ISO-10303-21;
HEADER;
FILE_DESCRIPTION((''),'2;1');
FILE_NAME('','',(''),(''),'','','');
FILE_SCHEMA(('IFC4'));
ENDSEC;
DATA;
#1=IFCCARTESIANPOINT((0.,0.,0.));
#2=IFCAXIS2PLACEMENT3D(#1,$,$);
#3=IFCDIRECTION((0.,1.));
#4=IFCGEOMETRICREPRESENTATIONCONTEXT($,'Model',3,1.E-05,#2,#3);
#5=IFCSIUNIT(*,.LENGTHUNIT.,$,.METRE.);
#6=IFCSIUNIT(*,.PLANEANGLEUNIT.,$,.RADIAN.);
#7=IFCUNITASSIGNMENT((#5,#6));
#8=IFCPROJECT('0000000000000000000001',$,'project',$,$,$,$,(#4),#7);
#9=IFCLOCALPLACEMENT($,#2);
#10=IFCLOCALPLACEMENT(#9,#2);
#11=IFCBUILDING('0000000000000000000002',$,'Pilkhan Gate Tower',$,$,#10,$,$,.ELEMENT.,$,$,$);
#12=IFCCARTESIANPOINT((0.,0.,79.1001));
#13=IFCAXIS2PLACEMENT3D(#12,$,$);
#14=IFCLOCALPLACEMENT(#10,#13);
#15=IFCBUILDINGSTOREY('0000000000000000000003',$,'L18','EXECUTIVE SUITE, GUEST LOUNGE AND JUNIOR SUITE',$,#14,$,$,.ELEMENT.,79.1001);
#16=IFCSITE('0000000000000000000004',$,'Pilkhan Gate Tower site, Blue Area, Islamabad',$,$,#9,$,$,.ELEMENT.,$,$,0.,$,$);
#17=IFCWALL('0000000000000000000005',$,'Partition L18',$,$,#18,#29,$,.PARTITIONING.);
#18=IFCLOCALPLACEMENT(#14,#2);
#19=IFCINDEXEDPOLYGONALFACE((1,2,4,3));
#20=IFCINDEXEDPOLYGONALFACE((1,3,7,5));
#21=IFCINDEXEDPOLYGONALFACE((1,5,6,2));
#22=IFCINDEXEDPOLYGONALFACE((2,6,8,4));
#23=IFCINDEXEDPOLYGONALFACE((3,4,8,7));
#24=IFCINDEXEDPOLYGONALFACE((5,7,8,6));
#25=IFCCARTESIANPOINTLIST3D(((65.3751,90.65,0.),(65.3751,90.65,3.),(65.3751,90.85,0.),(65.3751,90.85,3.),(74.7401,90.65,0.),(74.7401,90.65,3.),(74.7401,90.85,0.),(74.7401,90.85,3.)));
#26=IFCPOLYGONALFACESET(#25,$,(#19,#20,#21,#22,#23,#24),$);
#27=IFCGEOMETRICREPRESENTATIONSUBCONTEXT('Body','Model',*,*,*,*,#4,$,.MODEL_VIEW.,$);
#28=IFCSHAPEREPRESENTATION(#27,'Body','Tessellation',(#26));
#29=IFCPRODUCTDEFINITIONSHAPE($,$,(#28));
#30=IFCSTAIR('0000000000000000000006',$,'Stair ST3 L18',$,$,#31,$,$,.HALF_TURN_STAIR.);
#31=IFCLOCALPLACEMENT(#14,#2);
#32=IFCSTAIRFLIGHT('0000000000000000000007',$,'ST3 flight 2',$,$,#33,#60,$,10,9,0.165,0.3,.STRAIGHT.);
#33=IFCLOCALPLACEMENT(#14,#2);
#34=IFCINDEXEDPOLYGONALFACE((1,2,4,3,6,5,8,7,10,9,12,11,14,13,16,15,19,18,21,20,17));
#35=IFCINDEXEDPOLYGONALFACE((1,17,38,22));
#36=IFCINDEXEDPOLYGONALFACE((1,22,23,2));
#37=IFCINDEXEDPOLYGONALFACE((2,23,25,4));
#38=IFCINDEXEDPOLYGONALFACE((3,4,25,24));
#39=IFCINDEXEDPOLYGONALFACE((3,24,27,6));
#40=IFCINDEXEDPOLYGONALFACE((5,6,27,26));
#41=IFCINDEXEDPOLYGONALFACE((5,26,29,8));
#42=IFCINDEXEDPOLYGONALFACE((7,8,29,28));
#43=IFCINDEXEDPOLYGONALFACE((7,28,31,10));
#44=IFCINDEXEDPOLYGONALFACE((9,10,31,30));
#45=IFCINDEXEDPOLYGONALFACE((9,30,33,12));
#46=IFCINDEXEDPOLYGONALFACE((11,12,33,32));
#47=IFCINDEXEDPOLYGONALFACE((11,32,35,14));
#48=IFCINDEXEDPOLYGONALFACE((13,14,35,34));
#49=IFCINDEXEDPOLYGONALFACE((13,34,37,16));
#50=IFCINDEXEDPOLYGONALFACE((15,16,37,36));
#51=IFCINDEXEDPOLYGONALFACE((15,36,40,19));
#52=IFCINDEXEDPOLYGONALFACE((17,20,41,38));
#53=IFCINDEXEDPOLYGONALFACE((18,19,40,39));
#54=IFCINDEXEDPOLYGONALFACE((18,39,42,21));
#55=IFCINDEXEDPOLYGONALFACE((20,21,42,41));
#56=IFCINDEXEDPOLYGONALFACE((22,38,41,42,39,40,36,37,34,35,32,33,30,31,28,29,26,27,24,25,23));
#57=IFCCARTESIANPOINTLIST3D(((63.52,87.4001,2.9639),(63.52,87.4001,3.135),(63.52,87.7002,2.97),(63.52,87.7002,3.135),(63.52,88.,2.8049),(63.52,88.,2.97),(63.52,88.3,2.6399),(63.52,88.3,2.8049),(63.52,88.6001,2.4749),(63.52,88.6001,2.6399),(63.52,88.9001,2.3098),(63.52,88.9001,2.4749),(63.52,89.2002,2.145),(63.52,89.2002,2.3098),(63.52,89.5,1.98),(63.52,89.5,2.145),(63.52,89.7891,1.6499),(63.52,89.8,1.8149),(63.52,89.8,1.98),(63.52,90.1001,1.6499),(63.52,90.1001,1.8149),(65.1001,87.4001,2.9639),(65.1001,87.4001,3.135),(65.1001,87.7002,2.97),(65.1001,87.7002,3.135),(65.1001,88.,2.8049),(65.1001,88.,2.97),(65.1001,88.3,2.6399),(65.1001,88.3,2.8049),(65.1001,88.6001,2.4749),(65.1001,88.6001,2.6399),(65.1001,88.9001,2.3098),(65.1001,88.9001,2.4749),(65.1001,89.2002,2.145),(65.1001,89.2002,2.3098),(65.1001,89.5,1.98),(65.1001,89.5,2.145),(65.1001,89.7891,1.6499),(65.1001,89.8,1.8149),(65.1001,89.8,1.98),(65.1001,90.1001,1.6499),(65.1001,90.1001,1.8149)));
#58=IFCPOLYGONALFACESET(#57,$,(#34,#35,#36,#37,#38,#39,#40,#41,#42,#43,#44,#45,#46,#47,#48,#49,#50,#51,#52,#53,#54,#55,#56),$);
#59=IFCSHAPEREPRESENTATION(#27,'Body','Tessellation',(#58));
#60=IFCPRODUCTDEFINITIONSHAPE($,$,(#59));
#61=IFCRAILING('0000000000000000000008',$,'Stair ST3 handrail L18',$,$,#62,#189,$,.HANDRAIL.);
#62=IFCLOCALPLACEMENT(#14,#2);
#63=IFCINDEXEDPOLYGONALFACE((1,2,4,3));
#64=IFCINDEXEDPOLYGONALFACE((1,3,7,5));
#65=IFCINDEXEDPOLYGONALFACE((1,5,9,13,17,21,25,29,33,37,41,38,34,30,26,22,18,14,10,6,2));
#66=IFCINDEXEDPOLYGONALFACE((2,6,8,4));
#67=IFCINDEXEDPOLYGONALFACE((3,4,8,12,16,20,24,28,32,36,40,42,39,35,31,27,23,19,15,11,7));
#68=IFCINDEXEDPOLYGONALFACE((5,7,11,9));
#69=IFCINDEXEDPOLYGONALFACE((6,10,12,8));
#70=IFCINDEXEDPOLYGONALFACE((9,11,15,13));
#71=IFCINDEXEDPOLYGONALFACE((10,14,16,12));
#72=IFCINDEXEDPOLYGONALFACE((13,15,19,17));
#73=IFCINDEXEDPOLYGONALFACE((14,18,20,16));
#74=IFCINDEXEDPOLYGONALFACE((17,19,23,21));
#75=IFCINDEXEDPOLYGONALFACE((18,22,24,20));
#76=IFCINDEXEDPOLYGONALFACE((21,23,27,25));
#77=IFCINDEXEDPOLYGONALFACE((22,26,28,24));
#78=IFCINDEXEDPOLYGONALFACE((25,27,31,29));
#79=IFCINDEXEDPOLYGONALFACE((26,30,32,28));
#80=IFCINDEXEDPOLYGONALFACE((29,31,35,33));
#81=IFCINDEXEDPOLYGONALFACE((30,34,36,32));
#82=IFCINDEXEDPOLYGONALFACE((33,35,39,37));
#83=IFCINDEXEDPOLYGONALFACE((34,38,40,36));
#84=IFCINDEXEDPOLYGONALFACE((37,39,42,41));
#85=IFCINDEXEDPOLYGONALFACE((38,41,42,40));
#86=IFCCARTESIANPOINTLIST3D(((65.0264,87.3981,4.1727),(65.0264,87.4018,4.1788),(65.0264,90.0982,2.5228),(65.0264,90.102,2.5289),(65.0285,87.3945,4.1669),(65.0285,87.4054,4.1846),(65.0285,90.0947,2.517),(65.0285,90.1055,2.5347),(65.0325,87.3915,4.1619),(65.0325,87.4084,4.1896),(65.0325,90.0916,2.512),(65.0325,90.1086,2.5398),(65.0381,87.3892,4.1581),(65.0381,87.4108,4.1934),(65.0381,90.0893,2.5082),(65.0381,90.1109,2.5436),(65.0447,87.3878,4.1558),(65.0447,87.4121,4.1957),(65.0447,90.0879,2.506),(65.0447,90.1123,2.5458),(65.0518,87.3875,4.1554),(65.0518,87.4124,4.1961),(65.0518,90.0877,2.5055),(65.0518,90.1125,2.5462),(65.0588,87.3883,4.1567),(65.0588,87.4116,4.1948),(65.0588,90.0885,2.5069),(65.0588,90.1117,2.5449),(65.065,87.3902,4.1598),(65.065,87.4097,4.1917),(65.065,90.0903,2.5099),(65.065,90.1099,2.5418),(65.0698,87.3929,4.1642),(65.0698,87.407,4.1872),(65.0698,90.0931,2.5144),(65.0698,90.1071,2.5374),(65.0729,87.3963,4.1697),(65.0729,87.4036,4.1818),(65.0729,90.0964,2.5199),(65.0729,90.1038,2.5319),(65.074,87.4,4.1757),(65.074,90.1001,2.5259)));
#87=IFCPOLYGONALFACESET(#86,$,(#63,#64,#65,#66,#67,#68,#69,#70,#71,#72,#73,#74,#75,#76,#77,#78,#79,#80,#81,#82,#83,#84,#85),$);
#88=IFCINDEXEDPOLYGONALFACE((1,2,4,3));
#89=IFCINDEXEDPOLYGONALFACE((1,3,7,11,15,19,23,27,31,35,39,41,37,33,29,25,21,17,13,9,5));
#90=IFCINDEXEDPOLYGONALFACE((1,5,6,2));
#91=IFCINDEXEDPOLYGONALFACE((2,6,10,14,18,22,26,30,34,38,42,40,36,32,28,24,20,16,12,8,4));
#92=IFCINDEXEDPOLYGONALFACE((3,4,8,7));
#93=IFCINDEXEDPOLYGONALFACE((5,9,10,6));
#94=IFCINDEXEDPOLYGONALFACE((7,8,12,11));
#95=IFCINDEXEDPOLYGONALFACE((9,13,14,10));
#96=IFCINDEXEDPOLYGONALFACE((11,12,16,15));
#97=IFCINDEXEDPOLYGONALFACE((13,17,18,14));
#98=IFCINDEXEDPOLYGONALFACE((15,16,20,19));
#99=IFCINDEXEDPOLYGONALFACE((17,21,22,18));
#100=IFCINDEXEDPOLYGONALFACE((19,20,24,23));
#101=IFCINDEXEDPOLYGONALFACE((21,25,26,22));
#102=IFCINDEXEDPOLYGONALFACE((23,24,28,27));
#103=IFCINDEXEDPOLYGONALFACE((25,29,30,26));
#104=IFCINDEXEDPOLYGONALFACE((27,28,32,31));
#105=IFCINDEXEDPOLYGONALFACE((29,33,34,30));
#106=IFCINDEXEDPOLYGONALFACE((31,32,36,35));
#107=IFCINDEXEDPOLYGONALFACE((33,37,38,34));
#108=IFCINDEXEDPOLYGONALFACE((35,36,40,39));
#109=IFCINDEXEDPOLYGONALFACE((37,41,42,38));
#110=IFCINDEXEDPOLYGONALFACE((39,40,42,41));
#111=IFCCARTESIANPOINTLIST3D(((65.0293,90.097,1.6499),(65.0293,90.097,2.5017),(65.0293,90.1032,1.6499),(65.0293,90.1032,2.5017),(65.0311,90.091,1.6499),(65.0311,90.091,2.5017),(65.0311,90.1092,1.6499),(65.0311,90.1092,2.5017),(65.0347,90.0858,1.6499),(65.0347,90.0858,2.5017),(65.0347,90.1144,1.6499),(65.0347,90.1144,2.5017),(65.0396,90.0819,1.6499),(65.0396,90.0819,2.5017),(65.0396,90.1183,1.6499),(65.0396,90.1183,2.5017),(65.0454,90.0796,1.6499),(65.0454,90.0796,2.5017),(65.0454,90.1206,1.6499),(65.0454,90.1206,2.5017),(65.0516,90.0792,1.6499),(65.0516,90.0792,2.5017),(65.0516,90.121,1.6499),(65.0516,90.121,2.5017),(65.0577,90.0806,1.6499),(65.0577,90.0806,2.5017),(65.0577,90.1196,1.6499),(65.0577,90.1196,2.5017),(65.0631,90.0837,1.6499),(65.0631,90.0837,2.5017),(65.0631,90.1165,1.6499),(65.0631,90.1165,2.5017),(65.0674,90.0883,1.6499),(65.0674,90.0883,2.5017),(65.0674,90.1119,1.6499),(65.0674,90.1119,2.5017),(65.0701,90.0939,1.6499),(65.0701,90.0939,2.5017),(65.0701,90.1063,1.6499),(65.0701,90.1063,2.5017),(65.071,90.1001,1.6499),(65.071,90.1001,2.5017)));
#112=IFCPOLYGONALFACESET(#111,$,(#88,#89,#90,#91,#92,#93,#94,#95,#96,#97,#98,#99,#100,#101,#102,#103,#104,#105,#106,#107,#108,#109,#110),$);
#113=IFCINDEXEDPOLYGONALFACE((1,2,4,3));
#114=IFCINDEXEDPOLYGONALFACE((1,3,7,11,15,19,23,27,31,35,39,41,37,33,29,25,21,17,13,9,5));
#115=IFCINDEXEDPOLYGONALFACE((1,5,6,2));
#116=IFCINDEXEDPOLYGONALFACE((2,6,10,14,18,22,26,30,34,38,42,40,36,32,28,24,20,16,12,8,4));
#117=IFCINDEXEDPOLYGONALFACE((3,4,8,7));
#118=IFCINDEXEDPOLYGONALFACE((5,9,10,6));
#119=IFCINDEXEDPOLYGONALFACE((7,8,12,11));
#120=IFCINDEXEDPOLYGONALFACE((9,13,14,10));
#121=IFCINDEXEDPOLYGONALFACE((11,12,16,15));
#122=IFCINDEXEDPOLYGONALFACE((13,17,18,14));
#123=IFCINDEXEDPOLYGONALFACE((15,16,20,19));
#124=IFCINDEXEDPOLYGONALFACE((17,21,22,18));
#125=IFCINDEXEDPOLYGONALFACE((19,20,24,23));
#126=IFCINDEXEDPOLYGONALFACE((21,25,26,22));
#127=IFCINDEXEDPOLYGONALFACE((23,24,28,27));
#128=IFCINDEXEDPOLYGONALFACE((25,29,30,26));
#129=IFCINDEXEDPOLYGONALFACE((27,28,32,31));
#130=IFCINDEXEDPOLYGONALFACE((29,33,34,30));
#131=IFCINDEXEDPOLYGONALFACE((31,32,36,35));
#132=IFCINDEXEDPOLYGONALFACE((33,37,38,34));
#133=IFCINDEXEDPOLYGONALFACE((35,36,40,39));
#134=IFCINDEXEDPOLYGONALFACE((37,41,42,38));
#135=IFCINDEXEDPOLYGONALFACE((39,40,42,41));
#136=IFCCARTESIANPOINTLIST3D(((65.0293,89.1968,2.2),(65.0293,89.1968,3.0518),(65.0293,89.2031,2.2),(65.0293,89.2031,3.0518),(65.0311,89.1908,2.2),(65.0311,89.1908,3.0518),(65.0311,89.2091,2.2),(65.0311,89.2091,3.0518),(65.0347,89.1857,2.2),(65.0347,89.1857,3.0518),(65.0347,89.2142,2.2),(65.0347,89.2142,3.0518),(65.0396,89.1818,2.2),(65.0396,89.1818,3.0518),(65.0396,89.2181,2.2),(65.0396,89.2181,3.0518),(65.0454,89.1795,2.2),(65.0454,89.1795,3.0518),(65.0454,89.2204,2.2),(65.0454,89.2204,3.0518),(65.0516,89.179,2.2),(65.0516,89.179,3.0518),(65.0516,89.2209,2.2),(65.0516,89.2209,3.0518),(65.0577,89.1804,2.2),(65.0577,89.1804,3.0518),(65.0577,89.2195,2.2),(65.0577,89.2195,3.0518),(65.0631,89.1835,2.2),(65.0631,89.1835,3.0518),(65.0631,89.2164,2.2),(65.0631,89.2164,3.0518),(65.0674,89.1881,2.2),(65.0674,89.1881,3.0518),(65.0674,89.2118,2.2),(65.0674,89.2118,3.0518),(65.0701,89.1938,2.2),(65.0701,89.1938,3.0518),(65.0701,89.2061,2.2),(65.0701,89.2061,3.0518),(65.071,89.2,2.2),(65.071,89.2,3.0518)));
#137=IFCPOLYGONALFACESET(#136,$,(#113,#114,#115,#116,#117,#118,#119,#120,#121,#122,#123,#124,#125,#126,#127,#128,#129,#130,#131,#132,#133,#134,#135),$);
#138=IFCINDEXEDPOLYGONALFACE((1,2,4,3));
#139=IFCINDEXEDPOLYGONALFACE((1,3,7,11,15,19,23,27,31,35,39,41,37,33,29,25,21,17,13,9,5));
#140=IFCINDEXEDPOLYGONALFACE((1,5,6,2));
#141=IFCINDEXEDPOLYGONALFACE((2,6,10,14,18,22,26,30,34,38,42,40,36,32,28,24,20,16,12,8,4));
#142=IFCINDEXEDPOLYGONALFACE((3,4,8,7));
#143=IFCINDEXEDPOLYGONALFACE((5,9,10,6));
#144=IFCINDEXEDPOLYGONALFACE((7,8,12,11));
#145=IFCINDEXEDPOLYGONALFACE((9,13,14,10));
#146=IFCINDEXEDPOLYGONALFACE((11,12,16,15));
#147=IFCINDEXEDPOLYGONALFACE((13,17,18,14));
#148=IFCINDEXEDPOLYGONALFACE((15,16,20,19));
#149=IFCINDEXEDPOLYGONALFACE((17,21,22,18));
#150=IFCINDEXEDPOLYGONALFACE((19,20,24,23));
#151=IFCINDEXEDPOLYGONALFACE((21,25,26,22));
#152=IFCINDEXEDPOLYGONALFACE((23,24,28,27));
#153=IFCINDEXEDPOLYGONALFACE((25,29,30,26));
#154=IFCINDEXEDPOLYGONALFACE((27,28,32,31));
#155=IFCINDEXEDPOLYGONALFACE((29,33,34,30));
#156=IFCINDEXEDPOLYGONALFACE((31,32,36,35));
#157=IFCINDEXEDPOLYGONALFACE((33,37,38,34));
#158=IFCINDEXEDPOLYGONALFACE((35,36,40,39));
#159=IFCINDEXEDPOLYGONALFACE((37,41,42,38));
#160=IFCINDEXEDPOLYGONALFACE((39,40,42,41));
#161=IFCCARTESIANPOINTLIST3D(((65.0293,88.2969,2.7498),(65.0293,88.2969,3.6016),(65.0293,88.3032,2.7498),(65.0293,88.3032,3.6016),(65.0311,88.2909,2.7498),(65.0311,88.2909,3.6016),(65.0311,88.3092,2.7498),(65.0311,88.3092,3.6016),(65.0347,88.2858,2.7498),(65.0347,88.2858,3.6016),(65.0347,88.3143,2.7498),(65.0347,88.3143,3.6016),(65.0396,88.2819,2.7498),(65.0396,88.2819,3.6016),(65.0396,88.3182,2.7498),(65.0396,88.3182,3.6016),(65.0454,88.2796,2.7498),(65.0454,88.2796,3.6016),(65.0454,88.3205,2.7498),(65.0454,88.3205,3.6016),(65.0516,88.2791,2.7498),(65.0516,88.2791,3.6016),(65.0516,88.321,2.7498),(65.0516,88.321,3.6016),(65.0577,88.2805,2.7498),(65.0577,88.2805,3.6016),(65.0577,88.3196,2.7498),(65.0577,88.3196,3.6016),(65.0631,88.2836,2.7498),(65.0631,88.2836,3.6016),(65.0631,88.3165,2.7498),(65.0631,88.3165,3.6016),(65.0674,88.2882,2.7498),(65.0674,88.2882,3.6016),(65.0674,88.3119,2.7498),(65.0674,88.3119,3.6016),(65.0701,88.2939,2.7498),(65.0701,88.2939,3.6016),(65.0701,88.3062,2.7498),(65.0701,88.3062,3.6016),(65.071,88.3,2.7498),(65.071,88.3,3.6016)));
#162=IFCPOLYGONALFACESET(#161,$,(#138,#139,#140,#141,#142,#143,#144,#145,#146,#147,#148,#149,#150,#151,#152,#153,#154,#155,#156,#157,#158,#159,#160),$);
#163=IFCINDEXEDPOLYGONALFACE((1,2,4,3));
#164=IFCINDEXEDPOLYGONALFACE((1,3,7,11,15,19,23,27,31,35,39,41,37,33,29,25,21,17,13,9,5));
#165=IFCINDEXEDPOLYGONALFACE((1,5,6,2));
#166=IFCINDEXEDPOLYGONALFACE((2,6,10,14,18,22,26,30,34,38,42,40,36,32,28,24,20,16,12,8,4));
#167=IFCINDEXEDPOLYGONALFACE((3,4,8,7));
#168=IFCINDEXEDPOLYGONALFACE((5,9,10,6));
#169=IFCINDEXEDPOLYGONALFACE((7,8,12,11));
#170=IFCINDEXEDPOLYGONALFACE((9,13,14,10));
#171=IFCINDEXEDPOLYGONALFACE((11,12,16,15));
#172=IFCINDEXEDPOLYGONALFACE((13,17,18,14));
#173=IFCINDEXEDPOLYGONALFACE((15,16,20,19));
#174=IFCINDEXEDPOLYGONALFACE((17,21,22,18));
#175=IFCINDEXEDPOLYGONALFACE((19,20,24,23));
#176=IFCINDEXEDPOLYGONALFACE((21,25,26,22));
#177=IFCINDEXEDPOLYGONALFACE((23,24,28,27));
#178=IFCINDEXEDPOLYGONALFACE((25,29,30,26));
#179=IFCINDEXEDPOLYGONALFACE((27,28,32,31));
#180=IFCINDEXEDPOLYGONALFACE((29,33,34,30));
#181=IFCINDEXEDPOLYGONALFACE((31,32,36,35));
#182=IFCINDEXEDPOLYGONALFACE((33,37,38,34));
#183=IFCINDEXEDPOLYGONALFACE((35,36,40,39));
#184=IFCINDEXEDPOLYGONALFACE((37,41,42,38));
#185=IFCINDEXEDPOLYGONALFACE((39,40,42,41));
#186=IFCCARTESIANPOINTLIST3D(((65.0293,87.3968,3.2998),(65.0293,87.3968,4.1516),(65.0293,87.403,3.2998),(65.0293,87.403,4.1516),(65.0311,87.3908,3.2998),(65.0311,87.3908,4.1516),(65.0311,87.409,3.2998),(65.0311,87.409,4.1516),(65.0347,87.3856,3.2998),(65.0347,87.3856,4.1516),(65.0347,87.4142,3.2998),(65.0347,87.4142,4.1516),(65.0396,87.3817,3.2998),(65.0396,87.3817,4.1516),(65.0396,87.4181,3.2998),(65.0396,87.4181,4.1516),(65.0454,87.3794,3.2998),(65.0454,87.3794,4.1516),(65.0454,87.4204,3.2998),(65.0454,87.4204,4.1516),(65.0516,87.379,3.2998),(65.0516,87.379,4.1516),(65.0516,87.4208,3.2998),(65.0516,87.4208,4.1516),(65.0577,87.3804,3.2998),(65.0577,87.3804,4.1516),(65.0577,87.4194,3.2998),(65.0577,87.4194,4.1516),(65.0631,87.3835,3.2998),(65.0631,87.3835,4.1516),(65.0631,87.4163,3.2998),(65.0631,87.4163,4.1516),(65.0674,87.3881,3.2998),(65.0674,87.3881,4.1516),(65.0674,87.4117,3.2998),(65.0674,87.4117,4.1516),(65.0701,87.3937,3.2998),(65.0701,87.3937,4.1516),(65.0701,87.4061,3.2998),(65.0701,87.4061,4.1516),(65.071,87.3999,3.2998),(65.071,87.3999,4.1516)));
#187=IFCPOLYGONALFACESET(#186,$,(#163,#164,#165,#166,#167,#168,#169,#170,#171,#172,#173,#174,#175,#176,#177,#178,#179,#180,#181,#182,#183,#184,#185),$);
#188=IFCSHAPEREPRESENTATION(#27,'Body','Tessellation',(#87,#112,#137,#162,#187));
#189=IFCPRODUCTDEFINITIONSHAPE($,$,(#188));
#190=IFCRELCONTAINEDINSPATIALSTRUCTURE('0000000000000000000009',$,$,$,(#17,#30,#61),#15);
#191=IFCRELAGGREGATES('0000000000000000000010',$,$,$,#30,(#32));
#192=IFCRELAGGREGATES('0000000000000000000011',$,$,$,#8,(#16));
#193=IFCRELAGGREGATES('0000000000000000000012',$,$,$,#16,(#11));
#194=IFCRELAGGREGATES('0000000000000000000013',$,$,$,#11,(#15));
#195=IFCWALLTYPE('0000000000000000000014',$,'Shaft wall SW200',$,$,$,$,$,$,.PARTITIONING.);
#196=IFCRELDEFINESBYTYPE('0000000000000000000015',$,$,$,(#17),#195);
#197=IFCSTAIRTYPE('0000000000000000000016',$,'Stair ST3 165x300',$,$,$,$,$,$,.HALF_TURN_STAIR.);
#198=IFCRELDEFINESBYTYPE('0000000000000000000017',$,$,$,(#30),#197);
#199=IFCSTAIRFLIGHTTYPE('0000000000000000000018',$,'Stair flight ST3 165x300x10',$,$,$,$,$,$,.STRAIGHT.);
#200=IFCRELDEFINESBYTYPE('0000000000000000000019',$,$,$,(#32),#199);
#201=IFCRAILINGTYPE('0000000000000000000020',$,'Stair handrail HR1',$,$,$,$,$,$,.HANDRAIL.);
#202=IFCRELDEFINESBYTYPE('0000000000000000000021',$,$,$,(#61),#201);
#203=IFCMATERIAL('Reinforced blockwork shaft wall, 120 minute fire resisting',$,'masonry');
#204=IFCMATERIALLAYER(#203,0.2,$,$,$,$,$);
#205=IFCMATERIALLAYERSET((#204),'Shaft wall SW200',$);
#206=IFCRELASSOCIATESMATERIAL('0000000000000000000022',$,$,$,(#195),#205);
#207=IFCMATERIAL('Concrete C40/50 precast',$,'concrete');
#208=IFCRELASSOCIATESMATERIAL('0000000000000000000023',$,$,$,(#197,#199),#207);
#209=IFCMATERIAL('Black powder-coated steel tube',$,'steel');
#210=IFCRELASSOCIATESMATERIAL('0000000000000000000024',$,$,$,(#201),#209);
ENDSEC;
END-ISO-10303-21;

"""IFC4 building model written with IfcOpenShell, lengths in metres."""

from ifc_helpers import new_model, si_unit, direction, frame, frame_2d, origin, origin_2d, place, context, subcontext, project, spatial, polyline, rectangle, circle, outline, extrude, material, layer, layer_set, type_object, element, aggregate, save


model = new_model("IFC4")

# Units and contexts
model_context = context("Model", 3, precision=1e-05, world=origin(), true_north=direction((0.0, 1.0)))
body_context = subcontext(model_context, "Body", "Model", "MODEL_VIEW")
ifc_project = project(units=[si_unit("LENGTHUNIT", "METRE"), si_unit("PLANEANGLEUNIT", "RADIAN")], contexts=[model_context])

# Site, building, storey
site_placement = place(None, origin())
site = spatial("IfcSite", under=ifc_project, at=site_placement, Name="Pilkhan Gate Tower site, Blue Area, Islamabad", CompositionType="ELEMENT", RefElevation=0.0)
building_placement = place(site_placement, origin())
building = spatial("IfcBuilding", under=site, at=building_placement, Name="Pilkhan Gate Tower", CompositionType="ELEMENT")
storey_placement = place(building_placement, frame((0.0, 0.0, 79.1001)))
storey = spatial("IfcBuildingStorey", under=building, at=storey_placement, Name="L18", Description="EXECUTIVE SUITE, GUEST LOUNGE AND JUNIOR SUITE", CompositionType="ELEMENT", Elevation=79.1001)

# Wall
ifc_material_1 = material(Name="Reinforced blockwork shaft wall, 120 minute fire resisting", Category="masonry")
ifc_layer_1 = layer(ifc_material_1, 0.2)
ifc_layer_set_1 = layer_set([ifc_layer_1], Name="Shaft wall SW200")
wall_type_1 = type_object("IfcWallType", Name="Shaft wall SW200", PredefinedType="PARTITIONING", material=ifc_layer_set_1)
wall_1_placement = place(storey_placement, frame((65.375, 90.75, 0.0), z_axis=(0.0, 0.0, 1.0), x_axis=(1.0, 0.0, 0.0)))
element("IfcWall", 1, at=wall_1_placement, inside=storey, type_object=wall_type_1, Name="Partition L18", PredefinedType="PARTITIONING", context=body_context, shape_type="SweptSolid", body=[
    extrude(rectangle(XDim=9.365, YDim=0.2, at=frame_2d((4.6826, 0.0))), origin(), (0.0, 0.0, 1.0), 3.0),
])

# Stair, stair flight
ifc_material_2 = material(Name="Concrete C40/50 precast", Category="concrete")
stair_type = type_object("IfcStairType", Name="Stair ST3 165x300", PredefinedType="HALF_TURN_STAIR", material=ifc_material_2)
stair_placement = place(storey_placement, origin())
stair = element("IfcStair", 2, at=stair_placement, inside=storey, type_object=stair_type, Name="Stair ST3 L18", PredefinedType="HALF_TURN_STAIR")
stair_flight_type = type_object("IfcStairFlightType", Name="Stair flight ST3 165x300x10", PredefinedType="STRAIGHT", material=ifc_material_2)
stair_flight_placement = place(storey_placement, frame((64.3101, 90.1001, 1.6499), z_axis=(0.0, 0.0, 1.0), x_axis=(0.0, -1.0, 0.0)))
stair_flight = element("IfcStairFlight", 3, at=stair_flight_placement, type_object=stair_flight_type, Name="ST3 flight 2", NumberOfRisers=10, NumberOfTreads=9, PredefinedType="STRAIGHT", RiserHeight=0.165, TreadLength=0.3, context=body_context, shape_type="SweptSolid", body=[
    extrude(outline(polyline([(0.0, 0.0), (0.0, 0.165), (0.3, 0.165), (0.3, 0.3301), (0.6001, 0.3301), (0.6001, 0.4951), (0.8999, 0.4951), (0.8999, 0.6599), (1.2, 0.6599), (1.2, 0.825), (1.5, 0.825), (1.5, 0.99), (1.8, 0.99), (1.8, 1.155), (2.1001, 1.155), (2.1001, 1.3201), (2.3999, 1.3201), (2.3999, 1.4851), (2.7, 1.4851), (2.7, 1.6499), (2.7, 1.314), (0.311, 0.0), (0.0, 0.0)])), frame((0.0, 0.79, 0.0), z_axis=(0.0, -1.0, 0.0), x_axis=(1.0, 0.0, 0.0)), (0.0, 0.0, 1.0), 1.5801),
])
aggregate(stair, [stair_flight])

# Railing
ifc_material_3 = material(Name="Black powder-coated steel tube", Category="steel")
railing_type_1 = type_object("IfcRailingType", Name="Stair handrail HR1", PredefinedType="HANDRAIL", material=ifc_material_3)
railing_1_placement = place(storey_placement, frame((65.05, 90.1001, 1.6499)))
element("IfcRailing", 4, at=railing_1_placement, inside=storey, type_object=railing_type_1, Name="Stair ST3 handrail L18", PredefinedType="HANDRAIL", context=body_context, shape_type="SweptSolid", body=[
    extrude(circle(Radius=0.0239, at=origin_2d()), frame((0.0, 0.0, 0.876), z_axis=(0.0, -0.853312, 0.5214), x_axis=(1.0, 0.0, 0.0)), (0.0, 0.0, 1.0), 3.1643),
    extrude(circle(Radius=0.021, at=origin_2d()), origin(), (0.0, 0.0, 1.0), 0.8518),
    extrude(circle(Radius=0.021, at=origin_2d()), frame((0.0, -0.9001, 0.55)), (0.0, 0.0, 1.0), 0.8518),
    extrude(circle(Radius=0.021, at=origin_2d()), frame((0.0, -1.8, 1.0999)), (0.0, 0.0, 1.0), 0.8518),
    extrude(circle(Radius=0.021, at=origin_2d()), frame((0.0, -2.7002, 1.6499)), (0.0, 0.0, 1.0), 0.8518),
])

save(model, "model.ifc")
